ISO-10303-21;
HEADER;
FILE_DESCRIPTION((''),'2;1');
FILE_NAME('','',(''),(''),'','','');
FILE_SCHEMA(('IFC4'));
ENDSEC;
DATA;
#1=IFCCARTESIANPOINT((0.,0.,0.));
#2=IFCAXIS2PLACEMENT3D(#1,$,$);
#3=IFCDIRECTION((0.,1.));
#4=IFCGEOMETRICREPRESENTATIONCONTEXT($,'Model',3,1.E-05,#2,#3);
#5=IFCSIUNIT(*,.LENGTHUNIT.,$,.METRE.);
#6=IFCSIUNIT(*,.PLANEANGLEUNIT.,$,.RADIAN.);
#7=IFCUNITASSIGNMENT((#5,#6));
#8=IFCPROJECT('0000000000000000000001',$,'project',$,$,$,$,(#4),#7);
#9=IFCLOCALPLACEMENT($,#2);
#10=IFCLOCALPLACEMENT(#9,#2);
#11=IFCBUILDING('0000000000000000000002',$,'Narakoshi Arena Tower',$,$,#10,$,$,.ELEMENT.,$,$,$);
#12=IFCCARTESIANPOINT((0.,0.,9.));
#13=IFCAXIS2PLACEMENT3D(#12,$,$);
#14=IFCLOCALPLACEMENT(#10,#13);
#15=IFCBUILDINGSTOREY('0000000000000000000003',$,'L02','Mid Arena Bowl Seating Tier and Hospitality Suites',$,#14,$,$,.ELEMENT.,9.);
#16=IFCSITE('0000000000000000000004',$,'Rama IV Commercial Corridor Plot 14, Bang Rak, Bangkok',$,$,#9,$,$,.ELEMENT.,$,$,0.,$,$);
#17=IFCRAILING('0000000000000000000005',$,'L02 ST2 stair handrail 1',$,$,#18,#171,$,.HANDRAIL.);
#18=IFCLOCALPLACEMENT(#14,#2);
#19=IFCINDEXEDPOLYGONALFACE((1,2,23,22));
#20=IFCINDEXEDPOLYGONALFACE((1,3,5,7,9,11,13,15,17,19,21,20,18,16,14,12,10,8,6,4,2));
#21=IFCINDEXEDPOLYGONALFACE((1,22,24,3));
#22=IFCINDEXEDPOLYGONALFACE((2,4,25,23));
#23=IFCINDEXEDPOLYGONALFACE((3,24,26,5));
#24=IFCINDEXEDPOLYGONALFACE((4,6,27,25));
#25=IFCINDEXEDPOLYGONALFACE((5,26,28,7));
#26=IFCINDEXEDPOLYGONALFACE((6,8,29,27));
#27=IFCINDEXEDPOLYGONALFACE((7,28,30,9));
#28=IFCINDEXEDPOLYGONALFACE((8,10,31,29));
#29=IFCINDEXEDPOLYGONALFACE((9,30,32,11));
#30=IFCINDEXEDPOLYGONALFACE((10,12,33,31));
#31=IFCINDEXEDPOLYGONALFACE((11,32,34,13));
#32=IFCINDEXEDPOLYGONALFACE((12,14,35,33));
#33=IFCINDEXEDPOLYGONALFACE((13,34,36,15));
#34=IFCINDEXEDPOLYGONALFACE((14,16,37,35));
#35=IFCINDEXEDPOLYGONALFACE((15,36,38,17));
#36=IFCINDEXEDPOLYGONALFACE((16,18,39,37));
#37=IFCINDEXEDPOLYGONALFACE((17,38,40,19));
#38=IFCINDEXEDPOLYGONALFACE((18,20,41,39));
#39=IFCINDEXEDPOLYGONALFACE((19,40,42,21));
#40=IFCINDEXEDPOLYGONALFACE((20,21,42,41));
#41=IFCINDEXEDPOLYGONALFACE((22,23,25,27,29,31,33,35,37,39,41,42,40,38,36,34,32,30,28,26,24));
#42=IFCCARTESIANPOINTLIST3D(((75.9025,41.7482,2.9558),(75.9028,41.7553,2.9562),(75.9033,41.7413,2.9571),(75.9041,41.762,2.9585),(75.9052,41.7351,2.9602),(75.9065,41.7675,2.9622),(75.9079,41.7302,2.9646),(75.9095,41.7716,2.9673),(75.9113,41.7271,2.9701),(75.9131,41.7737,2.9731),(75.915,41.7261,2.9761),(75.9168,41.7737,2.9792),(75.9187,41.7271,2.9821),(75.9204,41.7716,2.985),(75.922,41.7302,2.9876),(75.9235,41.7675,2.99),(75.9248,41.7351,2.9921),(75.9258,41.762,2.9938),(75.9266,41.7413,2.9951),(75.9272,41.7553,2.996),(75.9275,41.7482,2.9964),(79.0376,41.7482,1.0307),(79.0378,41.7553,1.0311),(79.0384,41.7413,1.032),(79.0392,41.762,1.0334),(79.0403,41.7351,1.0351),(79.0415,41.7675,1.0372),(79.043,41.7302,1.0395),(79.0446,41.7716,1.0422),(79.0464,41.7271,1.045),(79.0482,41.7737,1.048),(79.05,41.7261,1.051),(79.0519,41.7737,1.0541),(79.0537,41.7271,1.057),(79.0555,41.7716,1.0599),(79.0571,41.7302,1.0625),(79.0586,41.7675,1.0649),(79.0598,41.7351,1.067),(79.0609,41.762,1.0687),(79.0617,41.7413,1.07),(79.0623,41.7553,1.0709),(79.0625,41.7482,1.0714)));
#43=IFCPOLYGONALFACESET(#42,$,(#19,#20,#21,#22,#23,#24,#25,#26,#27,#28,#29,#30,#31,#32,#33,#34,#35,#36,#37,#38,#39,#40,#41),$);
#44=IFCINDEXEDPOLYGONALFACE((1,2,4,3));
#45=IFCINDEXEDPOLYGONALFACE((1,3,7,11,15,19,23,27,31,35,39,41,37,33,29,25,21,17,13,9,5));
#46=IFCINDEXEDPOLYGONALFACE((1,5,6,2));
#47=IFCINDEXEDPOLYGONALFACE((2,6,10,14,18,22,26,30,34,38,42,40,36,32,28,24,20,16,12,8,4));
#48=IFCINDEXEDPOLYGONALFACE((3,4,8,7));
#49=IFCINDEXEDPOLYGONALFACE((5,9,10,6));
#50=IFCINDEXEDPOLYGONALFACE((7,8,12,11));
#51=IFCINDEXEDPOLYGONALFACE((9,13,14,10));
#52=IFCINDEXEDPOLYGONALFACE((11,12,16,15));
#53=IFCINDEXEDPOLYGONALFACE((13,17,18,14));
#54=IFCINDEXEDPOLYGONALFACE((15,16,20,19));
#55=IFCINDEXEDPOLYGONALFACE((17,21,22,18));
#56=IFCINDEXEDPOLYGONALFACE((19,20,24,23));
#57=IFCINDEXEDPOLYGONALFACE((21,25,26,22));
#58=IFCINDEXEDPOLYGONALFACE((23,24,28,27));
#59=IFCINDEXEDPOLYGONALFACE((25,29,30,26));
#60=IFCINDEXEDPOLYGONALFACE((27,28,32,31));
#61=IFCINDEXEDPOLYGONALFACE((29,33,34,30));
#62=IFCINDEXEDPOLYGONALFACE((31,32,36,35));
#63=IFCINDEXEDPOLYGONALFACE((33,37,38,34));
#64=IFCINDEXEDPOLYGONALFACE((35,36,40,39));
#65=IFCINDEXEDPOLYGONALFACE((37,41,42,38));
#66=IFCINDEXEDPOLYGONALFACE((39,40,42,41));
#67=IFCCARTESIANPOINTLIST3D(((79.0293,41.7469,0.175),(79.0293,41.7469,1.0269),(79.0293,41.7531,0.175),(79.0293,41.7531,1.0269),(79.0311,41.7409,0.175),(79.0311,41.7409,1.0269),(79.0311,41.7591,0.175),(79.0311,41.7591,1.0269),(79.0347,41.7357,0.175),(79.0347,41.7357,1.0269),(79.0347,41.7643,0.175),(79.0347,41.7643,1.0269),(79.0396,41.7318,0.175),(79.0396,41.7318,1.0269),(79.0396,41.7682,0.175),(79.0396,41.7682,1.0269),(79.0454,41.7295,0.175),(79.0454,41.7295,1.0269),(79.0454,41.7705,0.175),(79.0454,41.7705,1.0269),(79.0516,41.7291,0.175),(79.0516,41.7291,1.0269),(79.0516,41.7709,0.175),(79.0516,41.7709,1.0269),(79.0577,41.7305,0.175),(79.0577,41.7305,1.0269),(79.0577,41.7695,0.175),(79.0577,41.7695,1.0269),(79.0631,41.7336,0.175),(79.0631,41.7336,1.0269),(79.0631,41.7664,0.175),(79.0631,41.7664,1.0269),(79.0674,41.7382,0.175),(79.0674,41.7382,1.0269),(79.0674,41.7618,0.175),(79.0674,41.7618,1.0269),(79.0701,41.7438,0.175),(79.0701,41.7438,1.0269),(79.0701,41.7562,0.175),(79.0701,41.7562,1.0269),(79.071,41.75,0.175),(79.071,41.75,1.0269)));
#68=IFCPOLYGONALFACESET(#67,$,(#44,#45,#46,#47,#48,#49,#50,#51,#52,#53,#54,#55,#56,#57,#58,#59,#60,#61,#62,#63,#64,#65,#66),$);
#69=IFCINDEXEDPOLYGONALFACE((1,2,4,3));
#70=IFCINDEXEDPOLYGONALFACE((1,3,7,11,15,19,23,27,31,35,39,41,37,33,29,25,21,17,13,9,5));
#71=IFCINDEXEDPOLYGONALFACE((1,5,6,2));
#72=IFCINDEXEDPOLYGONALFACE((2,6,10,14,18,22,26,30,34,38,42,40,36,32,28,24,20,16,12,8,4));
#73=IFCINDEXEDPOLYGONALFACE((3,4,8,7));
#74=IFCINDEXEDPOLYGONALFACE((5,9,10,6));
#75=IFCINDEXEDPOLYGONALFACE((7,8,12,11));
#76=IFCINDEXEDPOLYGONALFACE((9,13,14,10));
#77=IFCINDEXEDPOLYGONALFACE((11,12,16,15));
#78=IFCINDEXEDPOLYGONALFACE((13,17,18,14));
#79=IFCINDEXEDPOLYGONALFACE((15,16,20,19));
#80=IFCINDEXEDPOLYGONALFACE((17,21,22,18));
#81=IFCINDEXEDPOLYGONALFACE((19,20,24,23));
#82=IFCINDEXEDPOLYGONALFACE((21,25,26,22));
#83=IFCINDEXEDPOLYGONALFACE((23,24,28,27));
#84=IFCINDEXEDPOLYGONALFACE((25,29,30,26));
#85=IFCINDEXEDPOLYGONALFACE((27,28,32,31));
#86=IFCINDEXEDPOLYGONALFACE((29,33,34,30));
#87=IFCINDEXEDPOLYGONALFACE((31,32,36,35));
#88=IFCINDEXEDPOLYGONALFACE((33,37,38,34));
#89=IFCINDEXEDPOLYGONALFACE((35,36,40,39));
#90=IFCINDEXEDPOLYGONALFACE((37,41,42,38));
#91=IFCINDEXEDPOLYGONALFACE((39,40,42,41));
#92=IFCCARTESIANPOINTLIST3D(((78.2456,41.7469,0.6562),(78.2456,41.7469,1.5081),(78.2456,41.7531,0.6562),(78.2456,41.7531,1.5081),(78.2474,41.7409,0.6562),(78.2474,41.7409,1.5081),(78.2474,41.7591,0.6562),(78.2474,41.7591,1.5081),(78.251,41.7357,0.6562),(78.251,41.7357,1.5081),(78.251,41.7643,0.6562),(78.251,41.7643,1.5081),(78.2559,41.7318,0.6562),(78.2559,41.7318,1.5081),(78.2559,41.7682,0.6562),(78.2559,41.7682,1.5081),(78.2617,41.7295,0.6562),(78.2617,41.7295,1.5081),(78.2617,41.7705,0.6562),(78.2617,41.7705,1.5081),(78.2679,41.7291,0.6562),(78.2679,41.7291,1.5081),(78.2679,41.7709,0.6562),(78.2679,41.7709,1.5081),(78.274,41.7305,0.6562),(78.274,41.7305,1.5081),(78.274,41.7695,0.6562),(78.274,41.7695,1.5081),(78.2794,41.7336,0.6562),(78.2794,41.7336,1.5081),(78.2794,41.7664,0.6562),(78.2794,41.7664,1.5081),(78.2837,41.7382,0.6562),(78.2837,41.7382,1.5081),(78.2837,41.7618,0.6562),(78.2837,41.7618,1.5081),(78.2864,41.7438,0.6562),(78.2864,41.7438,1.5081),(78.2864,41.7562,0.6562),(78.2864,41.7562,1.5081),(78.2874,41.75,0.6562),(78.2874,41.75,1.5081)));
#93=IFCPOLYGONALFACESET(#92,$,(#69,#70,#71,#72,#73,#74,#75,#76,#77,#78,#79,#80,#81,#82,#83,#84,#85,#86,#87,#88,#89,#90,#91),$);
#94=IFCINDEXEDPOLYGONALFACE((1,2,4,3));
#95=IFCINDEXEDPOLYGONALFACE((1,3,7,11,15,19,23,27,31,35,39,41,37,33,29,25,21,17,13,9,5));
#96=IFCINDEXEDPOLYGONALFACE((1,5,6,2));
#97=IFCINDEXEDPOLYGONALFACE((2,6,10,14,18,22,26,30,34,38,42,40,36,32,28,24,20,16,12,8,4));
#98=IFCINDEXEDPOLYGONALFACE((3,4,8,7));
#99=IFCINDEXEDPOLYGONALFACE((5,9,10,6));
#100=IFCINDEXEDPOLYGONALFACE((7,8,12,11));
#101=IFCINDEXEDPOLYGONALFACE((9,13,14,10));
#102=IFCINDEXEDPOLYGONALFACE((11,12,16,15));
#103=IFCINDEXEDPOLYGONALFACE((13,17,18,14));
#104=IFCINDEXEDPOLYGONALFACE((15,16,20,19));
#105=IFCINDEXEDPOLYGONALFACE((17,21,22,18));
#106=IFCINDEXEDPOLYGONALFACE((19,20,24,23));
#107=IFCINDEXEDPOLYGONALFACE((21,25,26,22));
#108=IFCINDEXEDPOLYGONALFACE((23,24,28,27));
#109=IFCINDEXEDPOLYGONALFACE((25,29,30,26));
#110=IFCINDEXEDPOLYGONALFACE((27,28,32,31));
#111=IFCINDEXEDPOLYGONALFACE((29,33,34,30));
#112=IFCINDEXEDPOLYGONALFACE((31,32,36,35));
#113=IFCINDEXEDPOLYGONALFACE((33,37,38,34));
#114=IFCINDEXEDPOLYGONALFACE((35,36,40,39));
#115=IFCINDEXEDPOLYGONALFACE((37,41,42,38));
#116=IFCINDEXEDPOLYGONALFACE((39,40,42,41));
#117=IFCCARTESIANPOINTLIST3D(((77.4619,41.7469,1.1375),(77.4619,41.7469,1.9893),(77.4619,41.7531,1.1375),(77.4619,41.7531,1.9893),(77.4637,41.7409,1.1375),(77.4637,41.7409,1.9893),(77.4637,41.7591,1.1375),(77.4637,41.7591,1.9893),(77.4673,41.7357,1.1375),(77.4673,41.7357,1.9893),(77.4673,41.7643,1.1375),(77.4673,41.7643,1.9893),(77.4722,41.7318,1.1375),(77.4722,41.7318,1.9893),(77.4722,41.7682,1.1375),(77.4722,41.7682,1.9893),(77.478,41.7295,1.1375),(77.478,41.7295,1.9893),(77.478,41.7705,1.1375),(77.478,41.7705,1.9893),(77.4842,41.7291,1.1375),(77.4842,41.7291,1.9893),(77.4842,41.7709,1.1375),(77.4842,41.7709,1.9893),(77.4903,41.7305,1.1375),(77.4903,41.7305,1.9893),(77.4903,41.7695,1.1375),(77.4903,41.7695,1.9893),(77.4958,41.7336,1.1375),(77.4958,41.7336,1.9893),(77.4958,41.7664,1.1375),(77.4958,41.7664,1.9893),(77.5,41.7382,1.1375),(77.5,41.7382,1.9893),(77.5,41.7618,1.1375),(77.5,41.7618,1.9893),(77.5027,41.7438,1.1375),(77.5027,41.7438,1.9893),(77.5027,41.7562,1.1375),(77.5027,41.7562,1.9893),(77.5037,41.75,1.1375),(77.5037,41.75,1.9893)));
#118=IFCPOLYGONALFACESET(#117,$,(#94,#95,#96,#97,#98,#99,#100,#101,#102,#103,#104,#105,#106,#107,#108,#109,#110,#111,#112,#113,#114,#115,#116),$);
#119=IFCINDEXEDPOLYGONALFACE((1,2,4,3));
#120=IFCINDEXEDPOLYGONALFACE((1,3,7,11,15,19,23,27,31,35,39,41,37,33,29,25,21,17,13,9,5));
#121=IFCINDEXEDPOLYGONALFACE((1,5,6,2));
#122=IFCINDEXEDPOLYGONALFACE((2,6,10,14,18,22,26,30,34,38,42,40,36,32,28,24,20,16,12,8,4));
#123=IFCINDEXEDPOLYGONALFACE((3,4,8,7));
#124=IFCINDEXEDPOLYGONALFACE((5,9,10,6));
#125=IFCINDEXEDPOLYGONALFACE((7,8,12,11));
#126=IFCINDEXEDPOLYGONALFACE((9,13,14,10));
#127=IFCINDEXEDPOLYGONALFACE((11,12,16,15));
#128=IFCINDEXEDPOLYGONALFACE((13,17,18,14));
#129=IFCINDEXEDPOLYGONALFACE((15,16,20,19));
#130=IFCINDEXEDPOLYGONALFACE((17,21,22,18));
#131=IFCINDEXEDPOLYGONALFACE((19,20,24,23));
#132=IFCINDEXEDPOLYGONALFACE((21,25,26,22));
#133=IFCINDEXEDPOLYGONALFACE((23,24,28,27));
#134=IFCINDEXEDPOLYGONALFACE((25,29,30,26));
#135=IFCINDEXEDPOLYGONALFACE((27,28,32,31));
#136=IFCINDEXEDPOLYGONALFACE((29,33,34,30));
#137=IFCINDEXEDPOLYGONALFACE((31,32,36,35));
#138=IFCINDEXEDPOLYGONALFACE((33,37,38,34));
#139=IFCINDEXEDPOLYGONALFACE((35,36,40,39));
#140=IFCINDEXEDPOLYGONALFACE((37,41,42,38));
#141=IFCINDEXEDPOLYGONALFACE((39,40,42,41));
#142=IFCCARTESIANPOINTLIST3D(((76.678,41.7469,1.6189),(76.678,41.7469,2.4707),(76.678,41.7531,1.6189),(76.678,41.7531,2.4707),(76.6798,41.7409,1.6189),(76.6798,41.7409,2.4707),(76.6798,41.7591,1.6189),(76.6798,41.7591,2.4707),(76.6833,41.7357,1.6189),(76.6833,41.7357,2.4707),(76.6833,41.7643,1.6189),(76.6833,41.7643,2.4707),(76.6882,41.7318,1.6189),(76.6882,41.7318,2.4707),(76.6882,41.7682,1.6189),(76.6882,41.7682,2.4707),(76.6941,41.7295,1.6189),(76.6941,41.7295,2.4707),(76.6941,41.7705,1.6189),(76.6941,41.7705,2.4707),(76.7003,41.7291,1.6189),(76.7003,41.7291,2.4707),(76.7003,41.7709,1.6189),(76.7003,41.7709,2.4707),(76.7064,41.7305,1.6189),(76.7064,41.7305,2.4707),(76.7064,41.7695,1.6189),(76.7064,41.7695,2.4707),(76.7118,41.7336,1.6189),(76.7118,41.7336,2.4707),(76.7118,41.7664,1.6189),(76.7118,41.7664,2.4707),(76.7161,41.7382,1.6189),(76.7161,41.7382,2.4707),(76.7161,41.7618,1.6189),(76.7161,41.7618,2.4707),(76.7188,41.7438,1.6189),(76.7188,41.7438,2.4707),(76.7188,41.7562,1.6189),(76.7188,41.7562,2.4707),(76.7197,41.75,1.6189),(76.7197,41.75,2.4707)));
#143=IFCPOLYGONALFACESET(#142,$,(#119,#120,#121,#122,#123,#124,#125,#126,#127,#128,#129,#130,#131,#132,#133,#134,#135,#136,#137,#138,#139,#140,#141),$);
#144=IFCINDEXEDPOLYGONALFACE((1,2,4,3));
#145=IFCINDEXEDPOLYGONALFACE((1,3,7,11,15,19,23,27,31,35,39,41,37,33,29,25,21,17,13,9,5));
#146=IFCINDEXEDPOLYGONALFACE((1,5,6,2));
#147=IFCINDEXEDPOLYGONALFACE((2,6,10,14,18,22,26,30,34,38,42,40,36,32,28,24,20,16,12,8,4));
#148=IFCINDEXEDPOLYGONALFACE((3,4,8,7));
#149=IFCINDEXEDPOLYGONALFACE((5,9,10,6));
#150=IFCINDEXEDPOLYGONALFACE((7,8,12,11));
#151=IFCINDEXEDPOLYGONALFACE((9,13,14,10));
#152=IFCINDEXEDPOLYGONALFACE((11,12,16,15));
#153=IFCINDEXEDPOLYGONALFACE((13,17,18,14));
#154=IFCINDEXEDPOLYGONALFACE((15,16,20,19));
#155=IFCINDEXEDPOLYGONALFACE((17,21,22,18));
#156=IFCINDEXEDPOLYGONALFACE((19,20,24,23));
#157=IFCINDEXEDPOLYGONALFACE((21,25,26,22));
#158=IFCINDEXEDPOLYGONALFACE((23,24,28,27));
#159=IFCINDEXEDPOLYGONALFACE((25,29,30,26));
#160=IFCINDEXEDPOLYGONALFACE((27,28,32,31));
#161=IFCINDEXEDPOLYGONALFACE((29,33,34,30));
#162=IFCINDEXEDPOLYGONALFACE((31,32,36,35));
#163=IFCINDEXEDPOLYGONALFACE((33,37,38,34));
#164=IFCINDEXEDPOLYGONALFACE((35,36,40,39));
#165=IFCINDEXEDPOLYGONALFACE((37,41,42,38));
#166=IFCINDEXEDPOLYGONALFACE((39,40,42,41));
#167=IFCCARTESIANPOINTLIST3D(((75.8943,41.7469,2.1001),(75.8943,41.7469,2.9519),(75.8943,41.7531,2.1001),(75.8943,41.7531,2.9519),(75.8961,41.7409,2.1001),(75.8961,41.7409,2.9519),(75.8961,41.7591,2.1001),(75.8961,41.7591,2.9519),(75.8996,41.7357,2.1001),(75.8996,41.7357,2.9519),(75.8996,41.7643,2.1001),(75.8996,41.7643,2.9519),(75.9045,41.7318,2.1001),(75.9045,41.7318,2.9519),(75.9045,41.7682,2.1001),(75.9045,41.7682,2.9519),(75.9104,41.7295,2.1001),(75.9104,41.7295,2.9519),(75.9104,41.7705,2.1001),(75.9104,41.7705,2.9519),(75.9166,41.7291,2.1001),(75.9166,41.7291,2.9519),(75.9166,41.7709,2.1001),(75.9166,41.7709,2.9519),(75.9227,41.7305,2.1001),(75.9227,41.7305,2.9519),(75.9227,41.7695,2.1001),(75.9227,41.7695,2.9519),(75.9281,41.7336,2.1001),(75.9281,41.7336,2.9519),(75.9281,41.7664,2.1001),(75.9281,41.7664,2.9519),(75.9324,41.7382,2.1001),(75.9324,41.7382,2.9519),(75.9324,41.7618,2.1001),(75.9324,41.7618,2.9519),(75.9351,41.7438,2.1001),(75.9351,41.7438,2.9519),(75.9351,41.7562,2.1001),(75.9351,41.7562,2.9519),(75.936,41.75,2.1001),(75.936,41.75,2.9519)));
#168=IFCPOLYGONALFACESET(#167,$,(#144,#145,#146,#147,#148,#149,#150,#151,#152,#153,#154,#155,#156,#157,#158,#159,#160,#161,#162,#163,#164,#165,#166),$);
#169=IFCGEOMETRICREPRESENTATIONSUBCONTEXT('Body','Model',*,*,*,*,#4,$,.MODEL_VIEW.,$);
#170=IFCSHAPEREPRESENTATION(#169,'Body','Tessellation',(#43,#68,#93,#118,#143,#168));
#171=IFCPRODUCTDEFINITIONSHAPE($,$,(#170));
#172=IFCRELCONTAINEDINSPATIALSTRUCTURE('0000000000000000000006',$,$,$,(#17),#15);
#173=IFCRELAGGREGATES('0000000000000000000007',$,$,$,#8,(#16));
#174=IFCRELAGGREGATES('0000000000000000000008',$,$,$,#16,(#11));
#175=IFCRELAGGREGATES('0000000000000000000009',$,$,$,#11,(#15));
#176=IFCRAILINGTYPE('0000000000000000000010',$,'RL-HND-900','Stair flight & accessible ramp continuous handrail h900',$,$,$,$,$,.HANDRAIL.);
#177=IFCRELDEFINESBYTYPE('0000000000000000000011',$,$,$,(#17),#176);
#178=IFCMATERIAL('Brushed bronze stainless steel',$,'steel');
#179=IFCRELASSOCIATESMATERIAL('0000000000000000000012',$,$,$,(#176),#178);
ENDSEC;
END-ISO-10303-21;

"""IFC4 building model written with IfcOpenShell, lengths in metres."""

from ifc_helpers import new_model, si_unit, direction, frame, origin, origin_2d, place, context, subcontext, project, spatial, circle, extrude, material, type_object, element, save


model = new_model("IFC4")

# Units and contexts
model_context = context("Model", 3, precision=1e-05, world=origin(), true_north=direction((0.0, 1.0)))
body_context = subcontext(model_context, "Body", "Model", "MODEL_VIEW")
ifc_project = project(units=[si_unit("LENGTHUNIT", "METRE"), si_unit("PLANEANGLEUNIT", "RADIAN")], contexts=[model_context])

# Site, building, storey
site_placement = place(None, origin())
site = spatial("IfcSite", under=ifc_project, at=site_placement, Name="Rama IV Commercial Corridor Plot 14, Bang Rak, Bangkok", CompositionType="ELEMENT", RefElevation=0.0)
building_placement = place(site_placement, origin())
building = spatial("IfcBuilding", under=site, at=building_placement, Name="Narakoshi Arena Tower", CompositionType="ELEMENT")
storey_placement = place(building_placement, frame((0.0, 0.0, 9.0)))
storey = spatial("IfcBuildingStorey", under=building, at=storey_placement, Name="L02", Description="Mid Arena Bowl Seating Tier and Hospitality Suites", CompositionType="ELEMENT", Elevation=9.0)

# Shared definitions
ifc_material_1 = material(Name="Brushed bronze stainless steel", Category="steel")

# Railing
railing_type_1 = type_object("IfcRailingType", Name="RL-HND-900", Description="Stair flight & accessible ramp continuous handrail h900", PredefinedType="HANDRAIL", material=ifc_material_1)
railing_1_placement = place(storey_placement, frame((79.05, 41.75, 0.175)))
element("IfcRailing", 1, at=railing_1_placement, inside=storey, type_object=railing_type_1, Name="L02 ST2 stair handrail 1", PredefinedType="HANDRAIL", context=body_context, shape_type="SweptSolid", body=[
    extrude(circle(Radius=0.0239, at=origin_2d()), frame((0.0, 0.0, 0.876), z_axis=(-0.852166, 0.0, 0.523271), x_axis=(0.0, -1.0, 0.0)), (0.0, 0.0, 1.0), 3.679),
    extrude(circle(Radius=0.021, at=origin_2d()), origin(), (0.0, 0.0, 1.0), 0.8518),
    extrude(circle(Radius=0.021, at=origin_2d()), frame((-0.7837, 0.0, 0.4812)), (0.0, 0.0, 1.0), 0.8518),
    extrude(circle(Radius=0.021, at=origin_2d()), frame((-1.5674, 0.0, 0.9624)), (0.0, 0.0, 1.0), 0.8518),
    extrude(circle(Radius=0.021, at=origin_2d()), frame((-2.3513, 0.0, 1.4438)), (0.0, 0.0, 1.0), 0.8518),
    extrude(circle(Radius=0.021, at=origin_2d()), frame((-3.135, 0.0, 1.925)), (0.0, 0.0, 1.0), 0.8518),
])

save(model, "model.ifc")
